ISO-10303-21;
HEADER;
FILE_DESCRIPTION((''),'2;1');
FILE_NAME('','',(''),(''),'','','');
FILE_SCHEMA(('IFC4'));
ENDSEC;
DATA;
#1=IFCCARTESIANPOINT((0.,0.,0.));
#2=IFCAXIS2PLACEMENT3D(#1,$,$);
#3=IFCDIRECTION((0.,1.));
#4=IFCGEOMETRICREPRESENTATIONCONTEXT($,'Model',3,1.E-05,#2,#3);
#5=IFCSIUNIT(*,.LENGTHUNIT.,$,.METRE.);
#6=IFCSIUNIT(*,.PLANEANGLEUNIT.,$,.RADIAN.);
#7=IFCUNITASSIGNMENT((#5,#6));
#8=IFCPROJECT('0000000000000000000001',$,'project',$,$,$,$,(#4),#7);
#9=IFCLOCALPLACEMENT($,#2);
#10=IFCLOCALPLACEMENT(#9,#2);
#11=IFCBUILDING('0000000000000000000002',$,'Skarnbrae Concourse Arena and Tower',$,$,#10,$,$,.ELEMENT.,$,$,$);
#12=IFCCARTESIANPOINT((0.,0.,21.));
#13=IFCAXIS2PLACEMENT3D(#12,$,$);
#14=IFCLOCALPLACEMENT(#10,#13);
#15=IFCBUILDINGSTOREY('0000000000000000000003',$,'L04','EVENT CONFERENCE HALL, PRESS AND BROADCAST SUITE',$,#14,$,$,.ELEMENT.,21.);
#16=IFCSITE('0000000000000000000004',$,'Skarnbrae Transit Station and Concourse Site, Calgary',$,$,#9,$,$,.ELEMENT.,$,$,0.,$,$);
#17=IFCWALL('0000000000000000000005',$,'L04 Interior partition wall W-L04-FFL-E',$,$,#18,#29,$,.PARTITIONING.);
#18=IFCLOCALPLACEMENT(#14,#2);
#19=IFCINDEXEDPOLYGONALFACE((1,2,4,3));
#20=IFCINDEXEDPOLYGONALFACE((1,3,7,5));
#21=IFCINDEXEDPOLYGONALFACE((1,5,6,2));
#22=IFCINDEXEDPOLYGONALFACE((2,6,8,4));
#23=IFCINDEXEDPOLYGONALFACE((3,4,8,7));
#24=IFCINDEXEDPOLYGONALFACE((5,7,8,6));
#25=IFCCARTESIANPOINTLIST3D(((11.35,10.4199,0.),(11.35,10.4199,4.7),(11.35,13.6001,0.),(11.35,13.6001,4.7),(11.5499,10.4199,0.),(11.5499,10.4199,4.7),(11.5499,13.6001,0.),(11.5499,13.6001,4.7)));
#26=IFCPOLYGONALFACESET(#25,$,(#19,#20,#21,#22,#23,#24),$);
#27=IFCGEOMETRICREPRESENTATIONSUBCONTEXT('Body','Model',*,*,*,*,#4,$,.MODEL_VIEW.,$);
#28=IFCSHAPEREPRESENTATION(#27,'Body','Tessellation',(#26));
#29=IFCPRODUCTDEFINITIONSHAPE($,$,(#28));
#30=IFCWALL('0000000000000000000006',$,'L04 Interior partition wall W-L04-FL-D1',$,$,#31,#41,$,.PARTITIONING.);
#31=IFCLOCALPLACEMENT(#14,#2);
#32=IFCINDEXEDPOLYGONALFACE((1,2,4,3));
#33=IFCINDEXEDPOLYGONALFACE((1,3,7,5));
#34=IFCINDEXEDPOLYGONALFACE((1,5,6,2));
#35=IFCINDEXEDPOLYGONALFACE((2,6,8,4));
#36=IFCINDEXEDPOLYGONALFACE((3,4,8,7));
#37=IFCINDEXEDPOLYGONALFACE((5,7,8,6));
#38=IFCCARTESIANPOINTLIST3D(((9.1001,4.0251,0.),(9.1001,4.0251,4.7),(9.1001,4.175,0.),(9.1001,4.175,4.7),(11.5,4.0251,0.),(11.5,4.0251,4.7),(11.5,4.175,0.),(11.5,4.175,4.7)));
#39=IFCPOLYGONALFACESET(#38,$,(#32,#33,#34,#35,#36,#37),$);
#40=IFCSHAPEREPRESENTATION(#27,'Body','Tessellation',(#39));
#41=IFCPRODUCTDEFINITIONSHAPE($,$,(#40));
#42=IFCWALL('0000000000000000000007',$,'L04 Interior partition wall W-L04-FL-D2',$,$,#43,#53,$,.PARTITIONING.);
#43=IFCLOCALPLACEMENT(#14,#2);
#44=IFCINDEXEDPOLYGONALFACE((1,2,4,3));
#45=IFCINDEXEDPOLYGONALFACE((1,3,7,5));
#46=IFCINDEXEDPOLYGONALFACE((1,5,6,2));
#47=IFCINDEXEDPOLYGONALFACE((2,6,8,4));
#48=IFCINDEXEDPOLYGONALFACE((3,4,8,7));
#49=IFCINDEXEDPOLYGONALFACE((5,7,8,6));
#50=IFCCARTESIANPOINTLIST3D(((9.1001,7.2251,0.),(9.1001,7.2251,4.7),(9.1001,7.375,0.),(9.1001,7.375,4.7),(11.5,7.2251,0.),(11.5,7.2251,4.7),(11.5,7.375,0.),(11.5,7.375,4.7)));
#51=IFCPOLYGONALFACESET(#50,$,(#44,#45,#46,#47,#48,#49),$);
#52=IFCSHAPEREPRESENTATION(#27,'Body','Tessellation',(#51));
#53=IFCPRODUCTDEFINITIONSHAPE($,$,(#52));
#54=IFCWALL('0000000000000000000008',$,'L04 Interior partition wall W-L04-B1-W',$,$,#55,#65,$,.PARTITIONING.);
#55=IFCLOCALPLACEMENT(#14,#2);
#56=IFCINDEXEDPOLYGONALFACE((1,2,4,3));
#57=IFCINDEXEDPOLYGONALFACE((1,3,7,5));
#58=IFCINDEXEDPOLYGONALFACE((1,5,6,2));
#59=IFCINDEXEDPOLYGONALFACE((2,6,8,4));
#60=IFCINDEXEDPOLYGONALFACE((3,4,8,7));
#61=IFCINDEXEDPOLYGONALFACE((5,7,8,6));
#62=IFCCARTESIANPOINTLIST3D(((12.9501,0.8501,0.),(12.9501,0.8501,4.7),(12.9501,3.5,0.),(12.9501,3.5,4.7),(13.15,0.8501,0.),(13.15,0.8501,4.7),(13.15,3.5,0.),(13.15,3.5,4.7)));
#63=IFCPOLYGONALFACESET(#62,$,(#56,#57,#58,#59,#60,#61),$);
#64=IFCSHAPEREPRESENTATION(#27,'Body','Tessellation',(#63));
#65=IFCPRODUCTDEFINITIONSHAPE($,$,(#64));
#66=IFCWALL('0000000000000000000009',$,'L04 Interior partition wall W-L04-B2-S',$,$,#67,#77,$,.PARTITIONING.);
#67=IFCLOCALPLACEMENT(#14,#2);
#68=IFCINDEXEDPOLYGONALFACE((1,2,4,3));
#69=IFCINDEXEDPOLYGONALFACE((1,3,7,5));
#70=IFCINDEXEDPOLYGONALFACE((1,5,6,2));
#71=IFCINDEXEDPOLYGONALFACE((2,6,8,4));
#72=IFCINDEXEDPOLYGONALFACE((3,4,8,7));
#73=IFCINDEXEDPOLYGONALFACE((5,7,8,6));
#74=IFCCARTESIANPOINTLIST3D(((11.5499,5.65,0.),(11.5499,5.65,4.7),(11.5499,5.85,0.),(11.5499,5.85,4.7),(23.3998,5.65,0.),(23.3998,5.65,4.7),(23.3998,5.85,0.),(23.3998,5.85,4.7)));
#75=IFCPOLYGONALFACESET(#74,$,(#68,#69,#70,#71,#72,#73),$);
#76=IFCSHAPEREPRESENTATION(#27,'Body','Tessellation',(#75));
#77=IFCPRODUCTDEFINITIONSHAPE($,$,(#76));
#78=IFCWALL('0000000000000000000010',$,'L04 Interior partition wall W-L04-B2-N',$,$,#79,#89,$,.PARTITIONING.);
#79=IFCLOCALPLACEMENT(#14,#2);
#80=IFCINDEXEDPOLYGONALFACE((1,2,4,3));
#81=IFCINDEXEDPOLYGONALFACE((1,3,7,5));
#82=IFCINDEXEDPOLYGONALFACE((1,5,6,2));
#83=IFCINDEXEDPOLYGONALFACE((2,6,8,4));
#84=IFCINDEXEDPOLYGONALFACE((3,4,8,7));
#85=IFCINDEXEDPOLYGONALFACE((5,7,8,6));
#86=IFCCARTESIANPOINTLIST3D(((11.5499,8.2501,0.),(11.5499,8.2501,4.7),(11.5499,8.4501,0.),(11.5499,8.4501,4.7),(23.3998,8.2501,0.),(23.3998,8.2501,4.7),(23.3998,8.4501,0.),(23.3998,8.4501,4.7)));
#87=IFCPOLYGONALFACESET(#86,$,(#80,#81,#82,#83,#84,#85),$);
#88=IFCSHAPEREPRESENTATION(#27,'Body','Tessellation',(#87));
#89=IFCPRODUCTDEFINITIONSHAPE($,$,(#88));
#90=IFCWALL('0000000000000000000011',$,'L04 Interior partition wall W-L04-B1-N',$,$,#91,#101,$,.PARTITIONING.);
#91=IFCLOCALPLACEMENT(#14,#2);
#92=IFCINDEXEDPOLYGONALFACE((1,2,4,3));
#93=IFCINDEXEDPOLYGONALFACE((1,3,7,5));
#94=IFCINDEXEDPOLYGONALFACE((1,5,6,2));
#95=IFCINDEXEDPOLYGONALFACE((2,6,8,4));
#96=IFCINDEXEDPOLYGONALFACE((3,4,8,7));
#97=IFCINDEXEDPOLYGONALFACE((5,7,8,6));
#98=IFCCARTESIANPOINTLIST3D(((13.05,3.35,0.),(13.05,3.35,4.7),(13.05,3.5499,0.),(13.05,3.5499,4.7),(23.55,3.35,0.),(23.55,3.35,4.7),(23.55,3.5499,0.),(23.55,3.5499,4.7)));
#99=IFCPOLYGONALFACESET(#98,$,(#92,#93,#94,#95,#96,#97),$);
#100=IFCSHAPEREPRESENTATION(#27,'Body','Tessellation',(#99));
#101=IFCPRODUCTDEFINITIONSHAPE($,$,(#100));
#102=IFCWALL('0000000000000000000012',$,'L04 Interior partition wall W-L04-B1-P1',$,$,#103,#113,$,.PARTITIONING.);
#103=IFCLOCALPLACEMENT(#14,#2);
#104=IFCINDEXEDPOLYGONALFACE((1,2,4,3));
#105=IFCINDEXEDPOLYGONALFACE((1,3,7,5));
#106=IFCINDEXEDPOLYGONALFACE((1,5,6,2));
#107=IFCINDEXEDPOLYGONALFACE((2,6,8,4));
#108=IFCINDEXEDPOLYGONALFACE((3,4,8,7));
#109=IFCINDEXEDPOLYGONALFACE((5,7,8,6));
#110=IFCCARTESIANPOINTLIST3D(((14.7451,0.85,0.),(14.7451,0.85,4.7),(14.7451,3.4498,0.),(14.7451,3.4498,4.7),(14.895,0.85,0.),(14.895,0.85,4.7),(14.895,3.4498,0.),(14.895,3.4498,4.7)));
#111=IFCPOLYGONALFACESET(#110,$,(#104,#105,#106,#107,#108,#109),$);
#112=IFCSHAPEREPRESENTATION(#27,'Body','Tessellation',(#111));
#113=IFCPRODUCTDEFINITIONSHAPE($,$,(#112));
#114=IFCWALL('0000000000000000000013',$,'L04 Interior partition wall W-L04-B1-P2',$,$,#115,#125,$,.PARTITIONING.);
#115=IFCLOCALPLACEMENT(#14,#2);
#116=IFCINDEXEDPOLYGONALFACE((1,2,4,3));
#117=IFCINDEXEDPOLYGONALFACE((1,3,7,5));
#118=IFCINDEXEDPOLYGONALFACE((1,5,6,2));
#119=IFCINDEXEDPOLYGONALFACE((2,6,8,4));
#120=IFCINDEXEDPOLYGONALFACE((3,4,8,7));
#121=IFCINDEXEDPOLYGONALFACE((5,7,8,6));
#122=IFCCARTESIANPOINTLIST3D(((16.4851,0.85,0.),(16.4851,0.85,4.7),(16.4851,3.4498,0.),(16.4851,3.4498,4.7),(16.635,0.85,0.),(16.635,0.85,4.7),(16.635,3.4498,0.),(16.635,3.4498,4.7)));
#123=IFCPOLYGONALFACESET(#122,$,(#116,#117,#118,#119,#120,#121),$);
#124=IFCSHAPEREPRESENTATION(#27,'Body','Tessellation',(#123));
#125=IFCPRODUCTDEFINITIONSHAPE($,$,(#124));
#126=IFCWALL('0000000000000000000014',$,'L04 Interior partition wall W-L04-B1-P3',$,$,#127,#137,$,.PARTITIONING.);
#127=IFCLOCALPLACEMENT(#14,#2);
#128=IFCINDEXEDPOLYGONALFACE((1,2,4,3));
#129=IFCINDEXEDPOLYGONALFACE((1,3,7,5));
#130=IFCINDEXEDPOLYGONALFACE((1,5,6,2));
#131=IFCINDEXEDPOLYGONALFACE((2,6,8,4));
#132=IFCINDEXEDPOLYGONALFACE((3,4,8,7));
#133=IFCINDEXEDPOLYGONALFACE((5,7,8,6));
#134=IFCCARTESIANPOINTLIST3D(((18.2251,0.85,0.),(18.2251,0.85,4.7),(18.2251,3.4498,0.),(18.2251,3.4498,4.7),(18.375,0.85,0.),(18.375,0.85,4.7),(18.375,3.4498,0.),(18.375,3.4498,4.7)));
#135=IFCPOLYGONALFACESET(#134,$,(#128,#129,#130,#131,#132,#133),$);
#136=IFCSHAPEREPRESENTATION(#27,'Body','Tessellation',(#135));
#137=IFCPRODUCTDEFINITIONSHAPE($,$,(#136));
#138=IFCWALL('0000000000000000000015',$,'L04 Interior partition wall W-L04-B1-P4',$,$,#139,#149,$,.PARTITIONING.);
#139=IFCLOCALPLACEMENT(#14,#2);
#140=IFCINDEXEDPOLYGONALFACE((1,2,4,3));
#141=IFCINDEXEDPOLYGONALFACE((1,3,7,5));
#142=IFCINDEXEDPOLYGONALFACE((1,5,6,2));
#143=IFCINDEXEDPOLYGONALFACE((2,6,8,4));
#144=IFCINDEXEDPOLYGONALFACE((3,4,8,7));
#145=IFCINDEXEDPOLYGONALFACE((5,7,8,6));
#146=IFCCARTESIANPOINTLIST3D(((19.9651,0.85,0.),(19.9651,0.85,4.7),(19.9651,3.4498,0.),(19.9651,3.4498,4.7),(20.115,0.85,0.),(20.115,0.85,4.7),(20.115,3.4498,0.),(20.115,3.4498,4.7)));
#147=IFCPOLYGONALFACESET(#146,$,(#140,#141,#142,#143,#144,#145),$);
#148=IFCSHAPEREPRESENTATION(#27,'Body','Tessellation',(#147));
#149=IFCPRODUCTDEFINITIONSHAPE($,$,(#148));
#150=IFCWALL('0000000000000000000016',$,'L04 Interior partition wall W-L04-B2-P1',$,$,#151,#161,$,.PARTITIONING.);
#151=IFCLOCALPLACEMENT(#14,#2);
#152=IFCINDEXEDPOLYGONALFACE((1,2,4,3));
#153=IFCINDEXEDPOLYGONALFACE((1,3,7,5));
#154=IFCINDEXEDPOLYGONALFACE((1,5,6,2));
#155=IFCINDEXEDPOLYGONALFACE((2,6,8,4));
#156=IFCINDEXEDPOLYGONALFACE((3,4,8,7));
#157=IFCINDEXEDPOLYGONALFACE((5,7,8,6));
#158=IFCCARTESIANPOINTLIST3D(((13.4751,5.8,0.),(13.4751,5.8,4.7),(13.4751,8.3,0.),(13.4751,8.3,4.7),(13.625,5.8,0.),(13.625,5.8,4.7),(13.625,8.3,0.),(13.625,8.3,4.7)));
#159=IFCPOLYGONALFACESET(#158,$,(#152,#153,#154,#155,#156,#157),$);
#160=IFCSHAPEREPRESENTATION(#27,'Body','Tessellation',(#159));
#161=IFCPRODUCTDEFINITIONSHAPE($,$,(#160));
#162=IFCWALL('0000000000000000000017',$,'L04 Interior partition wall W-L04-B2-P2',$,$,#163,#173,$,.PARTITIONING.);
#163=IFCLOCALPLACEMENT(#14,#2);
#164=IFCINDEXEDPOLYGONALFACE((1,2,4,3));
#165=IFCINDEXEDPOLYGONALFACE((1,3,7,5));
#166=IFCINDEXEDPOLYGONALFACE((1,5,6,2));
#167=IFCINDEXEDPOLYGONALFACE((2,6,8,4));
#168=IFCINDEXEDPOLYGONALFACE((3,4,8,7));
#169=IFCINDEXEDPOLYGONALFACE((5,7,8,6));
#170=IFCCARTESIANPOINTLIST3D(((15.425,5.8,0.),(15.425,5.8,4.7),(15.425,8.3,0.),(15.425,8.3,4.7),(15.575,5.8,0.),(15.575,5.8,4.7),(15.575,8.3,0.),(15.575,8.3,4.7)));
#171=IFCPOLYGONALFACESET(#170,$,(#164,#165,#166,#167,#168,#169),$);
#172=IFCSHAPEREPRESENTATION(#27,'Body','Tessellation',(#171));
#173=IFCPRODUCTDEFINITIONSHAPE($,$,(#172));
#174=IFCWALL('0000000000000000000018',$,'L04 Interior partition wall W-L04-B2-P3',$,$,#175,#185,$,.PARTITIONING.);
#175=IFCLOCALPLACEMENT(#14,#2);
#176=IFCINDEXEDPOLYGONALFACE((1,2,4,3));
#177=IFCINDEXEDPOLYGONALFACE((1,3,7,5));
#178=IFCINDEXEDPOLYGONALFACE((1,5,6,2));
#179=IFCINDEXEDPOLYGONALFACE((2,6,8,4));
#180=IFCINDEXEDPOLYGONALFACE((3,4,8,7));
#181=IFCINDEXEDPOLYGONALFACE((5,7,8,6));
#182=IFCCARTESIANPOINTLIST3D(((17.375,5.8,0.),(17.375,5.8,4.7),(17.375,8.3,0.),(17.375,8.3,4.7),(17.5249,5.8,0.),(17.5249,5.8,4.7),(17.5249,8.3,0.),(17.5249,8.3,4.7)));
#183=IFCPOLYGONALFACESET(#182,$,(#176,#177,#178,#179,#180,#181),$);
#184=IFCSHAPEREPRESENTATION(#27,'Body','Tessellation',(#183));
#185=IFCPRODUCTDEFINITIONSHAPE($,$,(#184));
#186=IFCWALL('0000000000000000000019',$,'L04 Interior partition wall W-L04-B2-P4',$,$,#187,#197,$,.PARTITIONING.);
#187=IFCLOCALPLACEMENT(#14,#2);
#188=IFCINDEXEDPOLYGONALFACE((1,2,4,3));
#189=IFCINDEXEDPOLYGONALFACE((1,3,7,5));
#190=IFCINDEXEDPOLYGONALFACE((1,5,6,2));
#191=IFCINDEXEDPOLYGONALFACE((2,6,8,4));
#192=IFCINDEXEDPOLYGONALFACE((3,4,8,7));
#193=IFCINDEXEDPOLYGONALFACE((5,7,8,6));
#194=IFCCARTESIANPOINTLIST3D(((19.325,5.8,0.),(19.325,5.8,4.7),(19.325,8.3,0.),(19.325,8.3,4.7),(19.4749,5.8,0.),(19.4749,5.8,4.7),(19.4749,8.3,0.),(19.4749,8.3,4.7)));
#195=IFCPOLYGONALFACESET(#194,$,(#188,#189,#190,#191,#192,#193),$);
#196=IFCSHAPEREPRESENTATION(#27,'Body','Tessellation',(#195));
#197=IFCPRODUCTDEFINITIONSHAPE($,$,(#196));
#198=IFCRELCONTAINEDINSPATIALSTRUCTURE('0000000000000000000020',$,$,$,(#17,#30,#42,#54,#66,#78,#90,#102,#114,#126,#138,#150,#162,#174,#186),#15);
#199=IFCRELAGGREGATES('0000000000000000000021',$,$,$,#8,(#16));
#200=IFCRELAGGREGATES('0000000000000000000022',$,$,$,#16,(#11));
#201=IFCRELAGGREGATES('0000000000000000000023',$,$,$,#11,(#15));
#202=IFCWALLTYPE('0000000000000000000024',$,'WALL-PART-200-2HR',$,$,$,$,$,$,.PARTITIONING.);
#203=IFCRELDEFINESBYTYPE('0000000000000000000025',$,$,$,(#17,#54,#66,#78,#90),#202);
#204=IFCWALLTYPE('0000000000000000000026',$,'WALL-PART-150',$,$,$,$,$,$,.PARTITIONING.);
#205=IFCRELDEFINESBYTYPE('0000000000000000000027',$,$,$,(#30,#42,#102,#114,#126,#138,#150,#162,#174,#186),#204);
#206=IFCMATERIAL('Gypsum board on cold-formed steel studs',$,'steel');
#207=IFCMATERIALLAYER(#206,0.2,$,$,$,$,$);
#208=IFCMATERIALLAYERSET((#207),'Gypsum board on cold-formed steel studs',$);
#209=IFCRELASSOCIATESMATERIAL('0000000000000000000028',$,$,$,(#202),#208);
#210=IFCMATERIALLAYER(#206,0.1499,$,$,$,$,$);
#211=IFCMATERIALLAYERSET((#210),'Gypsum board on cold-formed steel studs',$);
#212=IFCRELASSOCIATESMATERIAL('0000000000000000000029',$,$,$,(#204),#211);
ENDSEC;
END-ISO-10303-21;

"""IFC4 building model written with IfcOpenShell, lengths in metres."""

from ifc_helpers import new_model, si_unit, direction, frame, frame_2d, origin, place, context, subcontext, project, spatial, rectangle, extrude, source, transform, mapped, material, layer, layer_set, type_object, element, save


model = new_model("IFC4")

# Units and contexts
model_context = context("Model", 3, precision=1e-05, world=origin(), true_north=direction((0.0, 1.0)))
body_context = subcontext(model_context, "Body", "Model", "MODEL_VIEW")
ifc_project = project(units=[si_unit("LENGTHUNIT", "METRE"), si_unit("PLANEANGLEUNIT", "RADIAN")], contexts=[model_context])

# Site, building, storey
site_placement = place(None, origin())
site = spatial("IfcSite", under=ifc_project, at=site_placement, Name="Skarnbrae Transit Station and Concourse Site, Calgary", CompositionType="ELEMENT", RefElevation=0.0)
building_placement = place(site_placement, origin())
building = spatial("IfcBuilding", under=site, at=building_placement, Name="Skarnbrae Concourse Arena and Tower", CompositionType="ELEMENT")
storey_placement = place(building_placement, frame((0.0, 0.0, 21.0)))
storey = spatial("IfcBuildingStorey", under=building, at=storey_placement, Name="L04", Description="EVENT CONFERENCE HALL, PRESS AND BROADCAST SUITE", CompositionType="ELEMENT", Elevation=21.0)

# Wall
ifc_material_1 = material(Name="Gypsum board on cold-formed steel studs", Category="steel")
ifc_layer_1 = layer(ifc_material_1, 0.2)
ifc_layer_set_1 = layer_set([ifc_layer_1], Name="Gypsum board on cold-formed steel studs")
wall_type_1 = type_object("IfcWallType", Name="WALL-PART-200-2HR", PredefinedType="PARTITIONING", material=ifc_layer_set_1)
shared_shape_1 = source(origin(), body_context, "Body", "SweptSolid", [
    extrude(rectangle(XDim=3.1802, YDim=0.2, at=frame_2d((1.5901, 0.0))), origin(), (0.0, 0.0, 1.0), 4.7),
])
wall_1_placement = place(storey_placement, frame((11.45, 10.4199, 0.0), z_axis=(0.0, 0.0, 1.0), x_axis=(0.0, 1.0, 0.0)))
element("IfcWall", 1, at=wall_1_placement, inside=storey, type_object=wall_type_1, Name="L04 Interior partition wall W-L04-FFL-E", PredefinedType="PARTITIONING", context=body_context, shape_type="MappedRepresentation", body=[
    mapped(shared_shape_1, transform((0.0, 0.0, 0.0))),
])

# Walls
ifc_layer_2 = layer(ifc_material_1, 0.1499)
ifc_layer_set_2 = layer_set([ifc_layer_2], Name="Gypsum board on cold-formed steel studs")
wall_type_2 = type_object("IfcWallType", Name="WALL-PART-150", PredefinedType="PARTITIONING", material=ifc_layer_set_2)
shared_shape_2 = source(origin(), body_context, "Body", "SweptSolid", [
    extrude(rectangle(XDim=2.3999, YDim=0.1499, at=frame_2d((1.2, 0.0))), origin(), (0.0, 0.0, 1.0), 4.7),
])
for number, where, z_axis, x_axis, name in (
    (2, (9.1001, 4.1001, 0.0), (0.0, 0.0, 1.0), (1.0, 0.0, 0.0), "L04 Interior partition wall W-L04-FL-D1"),
    (3, (9.1001, 7.3, 0.0), (0.0, 0.0, 1.0), (1.0, 0.0, 0.0), "L04 Interior partition wall W-L04-FL-D2"),
):
    element("IfcWall", number, at=place(storey_placement, frame(where, z_axis=z_axis, x_axis=x_axis)), inside=storey, type_object=wall_type_2, Name=name, PredefinedType="PARTITIONING", context=body_context, shape_type="MappedRepresentation", body=[
        mapped(shared_shape_2, transform((0.0, 0.0, 0.0))),
    ])
shared_shape_3 = source(origin(), body_context, "Body", "SweptSolid", [
    extrude(rectangle(XDim=2.6499, YDim=0.2, at=frame_2d((1.325, 0.0))), origin(), (0.0, 0.0, 1.0), 4.7),
])
wall_2_placement = place(storey_placement, frame((13.05, 0.8501, 0.0), z_axis=(0.0, 0.0, 1.0), x_axis=(0.0, 1.0, 0.0)))
element("IfcWall", 4, at=wall_2_placement, inside=storey, type_object=wall_type_1, Name="L04 Interior partition wall W-L04-B1-W", PredefinedType="PARTITIONING", context=body_context, shape_type="MappedRepresentation", body=[
    mapped(shared_shape_3, transform((0.0, 0.0, 0.0))),
])
shared_shape_4 = source(origin(), body_context, "Body", "SweptSolid", [
    extrude(rectangle(XDim=11.8499, YDim=0.2, at=frame_2d((5.9248, 0.0))), origin(), (0.0, 0.0, 1.0), 4.7),
])
for number, where, z_axis, x_axis, name in (
    (5, (11.55, 5.75, 0.0), (0.0, 0.0, 1.0), (1.0, 0.0, 0.0), "L04 Interior partition wall W-L04-B2-S"),
    (6, (11.55, 8.3501, 0.0), (0.0, 0.0, 1.0), (1.0, 0.0, 0.0), "L04 Interior partition wall W-L04-B2-N"),
):
    element("IfcWall", number, at=place(storey_placement, frame(where, z_axis=z_axis, x_axis=x_axis)), inside=storey, type_object=wall_type_1, Name=name, PredefinedType="PARTITIONING", context=body_context, shape_type="MappedRepresentation", body=[
        mapped(shared_shape_4, transform((0.0, 0.0, 0.0))),
    ])
shared_shape_5 = source(origin(), body_context, "Body", "SweptSolid", [
    extrude(rectangle(XDim=10.5, YDim=0.2, at=frame_2d((5.25, 0.0))), origin(), (0.0, 0.0, 1.0), 4.7),
])
wall_3_placement = place(storey_placement, frame((13.05, 3.45, 0.0), z_axis=(0.0, 0.0, 1.0), x_axis=(1.0, 0.0, 0.0)))
element("IfcWall", 7, at=wall_3_placement, inside=storey, type_object=wall_type_1, Name="L04 Interior partition wall W-L04-B1-N", PredefinedType="PARTITIONING", context=body_context, shape_type="MappedRepresentation", body=[
    mapped(shared_shape_5, transform((0.0, 0.0, 0.0))),
])
shared_shape_6 = source(origin(), body_context, "Body", "SweptSolid", [
    extrude(rectangle(XDim=2.5999, YDim=0.1499, at=frame_2d((1.2998, 0.0))), origin(), (0.0, 0.0, 1.0), 4.7),
])
for number, where, z_axis, x_axis, name in (
    (8, (14.8201, 0.8501, 0.0), (0.0, 0.0, 1.0), (0.0, 1.0, 0.0), "L04 Interior partition wall W-L04-B1-P1"),
    (9, (16.5601, 0.8501, 0.0), (0.0, 0.0, 1.0), (0.0, 1.0, 0.0), "L04 Interior partition wall W-L04-B1-P2"),
    (10, (18.3, 0.8501, 0.0), (0.0, 0.0, 1.0), (0.0, 1.0, 0.0), "L04 Interior partition wall W-L04-B1-P3"),
    (11, (20.04, 0.8501, 0.0), (0.0, 0.0, 1.0), (0.0, 1.0, 0.0), "L04 Interior partition wall W-L04-B1-P4"),
):
    element("IfcWall", number, at=place(storey_placement, frame(where, z_axis=z_axis, x_axis=x_axis)), inside=storey, type_object=wall_type_2, Name=name, PredefinedType="PARTITIONING", context=body_context, shape_type="MappedRepresentation", body=[
        mapped(shared_shape_6, transform((0.0, 0.0, 0.0))),
    ])
shared_shape_7 = source(origin(), body_context, "Body", "SweptSolid", [
    extrude(rectangle(XDim=2.5, YDim=0.1499, at=frame_2d((1.25, 0.0))), origin(), (0.0, 0.0, 1.0), 4.7),
])
for number, where, z_axis, x_axis, name in (
    (12, (13.55, 5.8, 0.0), (0.0, 0.0, 1.0), (0.0, 1.0, 0.0), "L04 Interior partition wall W-L04-B2-P1"),
    (13, (15.5, 5.8, 0.0), (0.0, 0.0, 1.0), (0.0, 1.0, 0.0), "L04 Interior partition wall W-L04-B2-P2"),
    (14, (17.45, 5.8, 0.0), (0.0, 0.0, 1.0), (0.0, 1.0, 0.0), "L04 Interior partition wall W-L04-B2-P3"),
    (15, (19.3999, 5.8, 0.0), (0.0, 0.0, 1.0), (0.0, 1.0, 0.0), "L04 Interior partition wall W-L04-B2-P4"),
):
    element("IfcWall", number, at=place(storey_placement, frame(where, z_axis=z_axis, x_axis=x_axis)), inside=storey, type_object=wall_type_2, Name=name, PredefinedType="PARTITIONING", context=body_context, shape_type="MappedRepresentation", body=[
        mapped(shared_shape_7, transform((0.0, 0.0, 0.0))),
    ])

save(model, "model.ifc")
